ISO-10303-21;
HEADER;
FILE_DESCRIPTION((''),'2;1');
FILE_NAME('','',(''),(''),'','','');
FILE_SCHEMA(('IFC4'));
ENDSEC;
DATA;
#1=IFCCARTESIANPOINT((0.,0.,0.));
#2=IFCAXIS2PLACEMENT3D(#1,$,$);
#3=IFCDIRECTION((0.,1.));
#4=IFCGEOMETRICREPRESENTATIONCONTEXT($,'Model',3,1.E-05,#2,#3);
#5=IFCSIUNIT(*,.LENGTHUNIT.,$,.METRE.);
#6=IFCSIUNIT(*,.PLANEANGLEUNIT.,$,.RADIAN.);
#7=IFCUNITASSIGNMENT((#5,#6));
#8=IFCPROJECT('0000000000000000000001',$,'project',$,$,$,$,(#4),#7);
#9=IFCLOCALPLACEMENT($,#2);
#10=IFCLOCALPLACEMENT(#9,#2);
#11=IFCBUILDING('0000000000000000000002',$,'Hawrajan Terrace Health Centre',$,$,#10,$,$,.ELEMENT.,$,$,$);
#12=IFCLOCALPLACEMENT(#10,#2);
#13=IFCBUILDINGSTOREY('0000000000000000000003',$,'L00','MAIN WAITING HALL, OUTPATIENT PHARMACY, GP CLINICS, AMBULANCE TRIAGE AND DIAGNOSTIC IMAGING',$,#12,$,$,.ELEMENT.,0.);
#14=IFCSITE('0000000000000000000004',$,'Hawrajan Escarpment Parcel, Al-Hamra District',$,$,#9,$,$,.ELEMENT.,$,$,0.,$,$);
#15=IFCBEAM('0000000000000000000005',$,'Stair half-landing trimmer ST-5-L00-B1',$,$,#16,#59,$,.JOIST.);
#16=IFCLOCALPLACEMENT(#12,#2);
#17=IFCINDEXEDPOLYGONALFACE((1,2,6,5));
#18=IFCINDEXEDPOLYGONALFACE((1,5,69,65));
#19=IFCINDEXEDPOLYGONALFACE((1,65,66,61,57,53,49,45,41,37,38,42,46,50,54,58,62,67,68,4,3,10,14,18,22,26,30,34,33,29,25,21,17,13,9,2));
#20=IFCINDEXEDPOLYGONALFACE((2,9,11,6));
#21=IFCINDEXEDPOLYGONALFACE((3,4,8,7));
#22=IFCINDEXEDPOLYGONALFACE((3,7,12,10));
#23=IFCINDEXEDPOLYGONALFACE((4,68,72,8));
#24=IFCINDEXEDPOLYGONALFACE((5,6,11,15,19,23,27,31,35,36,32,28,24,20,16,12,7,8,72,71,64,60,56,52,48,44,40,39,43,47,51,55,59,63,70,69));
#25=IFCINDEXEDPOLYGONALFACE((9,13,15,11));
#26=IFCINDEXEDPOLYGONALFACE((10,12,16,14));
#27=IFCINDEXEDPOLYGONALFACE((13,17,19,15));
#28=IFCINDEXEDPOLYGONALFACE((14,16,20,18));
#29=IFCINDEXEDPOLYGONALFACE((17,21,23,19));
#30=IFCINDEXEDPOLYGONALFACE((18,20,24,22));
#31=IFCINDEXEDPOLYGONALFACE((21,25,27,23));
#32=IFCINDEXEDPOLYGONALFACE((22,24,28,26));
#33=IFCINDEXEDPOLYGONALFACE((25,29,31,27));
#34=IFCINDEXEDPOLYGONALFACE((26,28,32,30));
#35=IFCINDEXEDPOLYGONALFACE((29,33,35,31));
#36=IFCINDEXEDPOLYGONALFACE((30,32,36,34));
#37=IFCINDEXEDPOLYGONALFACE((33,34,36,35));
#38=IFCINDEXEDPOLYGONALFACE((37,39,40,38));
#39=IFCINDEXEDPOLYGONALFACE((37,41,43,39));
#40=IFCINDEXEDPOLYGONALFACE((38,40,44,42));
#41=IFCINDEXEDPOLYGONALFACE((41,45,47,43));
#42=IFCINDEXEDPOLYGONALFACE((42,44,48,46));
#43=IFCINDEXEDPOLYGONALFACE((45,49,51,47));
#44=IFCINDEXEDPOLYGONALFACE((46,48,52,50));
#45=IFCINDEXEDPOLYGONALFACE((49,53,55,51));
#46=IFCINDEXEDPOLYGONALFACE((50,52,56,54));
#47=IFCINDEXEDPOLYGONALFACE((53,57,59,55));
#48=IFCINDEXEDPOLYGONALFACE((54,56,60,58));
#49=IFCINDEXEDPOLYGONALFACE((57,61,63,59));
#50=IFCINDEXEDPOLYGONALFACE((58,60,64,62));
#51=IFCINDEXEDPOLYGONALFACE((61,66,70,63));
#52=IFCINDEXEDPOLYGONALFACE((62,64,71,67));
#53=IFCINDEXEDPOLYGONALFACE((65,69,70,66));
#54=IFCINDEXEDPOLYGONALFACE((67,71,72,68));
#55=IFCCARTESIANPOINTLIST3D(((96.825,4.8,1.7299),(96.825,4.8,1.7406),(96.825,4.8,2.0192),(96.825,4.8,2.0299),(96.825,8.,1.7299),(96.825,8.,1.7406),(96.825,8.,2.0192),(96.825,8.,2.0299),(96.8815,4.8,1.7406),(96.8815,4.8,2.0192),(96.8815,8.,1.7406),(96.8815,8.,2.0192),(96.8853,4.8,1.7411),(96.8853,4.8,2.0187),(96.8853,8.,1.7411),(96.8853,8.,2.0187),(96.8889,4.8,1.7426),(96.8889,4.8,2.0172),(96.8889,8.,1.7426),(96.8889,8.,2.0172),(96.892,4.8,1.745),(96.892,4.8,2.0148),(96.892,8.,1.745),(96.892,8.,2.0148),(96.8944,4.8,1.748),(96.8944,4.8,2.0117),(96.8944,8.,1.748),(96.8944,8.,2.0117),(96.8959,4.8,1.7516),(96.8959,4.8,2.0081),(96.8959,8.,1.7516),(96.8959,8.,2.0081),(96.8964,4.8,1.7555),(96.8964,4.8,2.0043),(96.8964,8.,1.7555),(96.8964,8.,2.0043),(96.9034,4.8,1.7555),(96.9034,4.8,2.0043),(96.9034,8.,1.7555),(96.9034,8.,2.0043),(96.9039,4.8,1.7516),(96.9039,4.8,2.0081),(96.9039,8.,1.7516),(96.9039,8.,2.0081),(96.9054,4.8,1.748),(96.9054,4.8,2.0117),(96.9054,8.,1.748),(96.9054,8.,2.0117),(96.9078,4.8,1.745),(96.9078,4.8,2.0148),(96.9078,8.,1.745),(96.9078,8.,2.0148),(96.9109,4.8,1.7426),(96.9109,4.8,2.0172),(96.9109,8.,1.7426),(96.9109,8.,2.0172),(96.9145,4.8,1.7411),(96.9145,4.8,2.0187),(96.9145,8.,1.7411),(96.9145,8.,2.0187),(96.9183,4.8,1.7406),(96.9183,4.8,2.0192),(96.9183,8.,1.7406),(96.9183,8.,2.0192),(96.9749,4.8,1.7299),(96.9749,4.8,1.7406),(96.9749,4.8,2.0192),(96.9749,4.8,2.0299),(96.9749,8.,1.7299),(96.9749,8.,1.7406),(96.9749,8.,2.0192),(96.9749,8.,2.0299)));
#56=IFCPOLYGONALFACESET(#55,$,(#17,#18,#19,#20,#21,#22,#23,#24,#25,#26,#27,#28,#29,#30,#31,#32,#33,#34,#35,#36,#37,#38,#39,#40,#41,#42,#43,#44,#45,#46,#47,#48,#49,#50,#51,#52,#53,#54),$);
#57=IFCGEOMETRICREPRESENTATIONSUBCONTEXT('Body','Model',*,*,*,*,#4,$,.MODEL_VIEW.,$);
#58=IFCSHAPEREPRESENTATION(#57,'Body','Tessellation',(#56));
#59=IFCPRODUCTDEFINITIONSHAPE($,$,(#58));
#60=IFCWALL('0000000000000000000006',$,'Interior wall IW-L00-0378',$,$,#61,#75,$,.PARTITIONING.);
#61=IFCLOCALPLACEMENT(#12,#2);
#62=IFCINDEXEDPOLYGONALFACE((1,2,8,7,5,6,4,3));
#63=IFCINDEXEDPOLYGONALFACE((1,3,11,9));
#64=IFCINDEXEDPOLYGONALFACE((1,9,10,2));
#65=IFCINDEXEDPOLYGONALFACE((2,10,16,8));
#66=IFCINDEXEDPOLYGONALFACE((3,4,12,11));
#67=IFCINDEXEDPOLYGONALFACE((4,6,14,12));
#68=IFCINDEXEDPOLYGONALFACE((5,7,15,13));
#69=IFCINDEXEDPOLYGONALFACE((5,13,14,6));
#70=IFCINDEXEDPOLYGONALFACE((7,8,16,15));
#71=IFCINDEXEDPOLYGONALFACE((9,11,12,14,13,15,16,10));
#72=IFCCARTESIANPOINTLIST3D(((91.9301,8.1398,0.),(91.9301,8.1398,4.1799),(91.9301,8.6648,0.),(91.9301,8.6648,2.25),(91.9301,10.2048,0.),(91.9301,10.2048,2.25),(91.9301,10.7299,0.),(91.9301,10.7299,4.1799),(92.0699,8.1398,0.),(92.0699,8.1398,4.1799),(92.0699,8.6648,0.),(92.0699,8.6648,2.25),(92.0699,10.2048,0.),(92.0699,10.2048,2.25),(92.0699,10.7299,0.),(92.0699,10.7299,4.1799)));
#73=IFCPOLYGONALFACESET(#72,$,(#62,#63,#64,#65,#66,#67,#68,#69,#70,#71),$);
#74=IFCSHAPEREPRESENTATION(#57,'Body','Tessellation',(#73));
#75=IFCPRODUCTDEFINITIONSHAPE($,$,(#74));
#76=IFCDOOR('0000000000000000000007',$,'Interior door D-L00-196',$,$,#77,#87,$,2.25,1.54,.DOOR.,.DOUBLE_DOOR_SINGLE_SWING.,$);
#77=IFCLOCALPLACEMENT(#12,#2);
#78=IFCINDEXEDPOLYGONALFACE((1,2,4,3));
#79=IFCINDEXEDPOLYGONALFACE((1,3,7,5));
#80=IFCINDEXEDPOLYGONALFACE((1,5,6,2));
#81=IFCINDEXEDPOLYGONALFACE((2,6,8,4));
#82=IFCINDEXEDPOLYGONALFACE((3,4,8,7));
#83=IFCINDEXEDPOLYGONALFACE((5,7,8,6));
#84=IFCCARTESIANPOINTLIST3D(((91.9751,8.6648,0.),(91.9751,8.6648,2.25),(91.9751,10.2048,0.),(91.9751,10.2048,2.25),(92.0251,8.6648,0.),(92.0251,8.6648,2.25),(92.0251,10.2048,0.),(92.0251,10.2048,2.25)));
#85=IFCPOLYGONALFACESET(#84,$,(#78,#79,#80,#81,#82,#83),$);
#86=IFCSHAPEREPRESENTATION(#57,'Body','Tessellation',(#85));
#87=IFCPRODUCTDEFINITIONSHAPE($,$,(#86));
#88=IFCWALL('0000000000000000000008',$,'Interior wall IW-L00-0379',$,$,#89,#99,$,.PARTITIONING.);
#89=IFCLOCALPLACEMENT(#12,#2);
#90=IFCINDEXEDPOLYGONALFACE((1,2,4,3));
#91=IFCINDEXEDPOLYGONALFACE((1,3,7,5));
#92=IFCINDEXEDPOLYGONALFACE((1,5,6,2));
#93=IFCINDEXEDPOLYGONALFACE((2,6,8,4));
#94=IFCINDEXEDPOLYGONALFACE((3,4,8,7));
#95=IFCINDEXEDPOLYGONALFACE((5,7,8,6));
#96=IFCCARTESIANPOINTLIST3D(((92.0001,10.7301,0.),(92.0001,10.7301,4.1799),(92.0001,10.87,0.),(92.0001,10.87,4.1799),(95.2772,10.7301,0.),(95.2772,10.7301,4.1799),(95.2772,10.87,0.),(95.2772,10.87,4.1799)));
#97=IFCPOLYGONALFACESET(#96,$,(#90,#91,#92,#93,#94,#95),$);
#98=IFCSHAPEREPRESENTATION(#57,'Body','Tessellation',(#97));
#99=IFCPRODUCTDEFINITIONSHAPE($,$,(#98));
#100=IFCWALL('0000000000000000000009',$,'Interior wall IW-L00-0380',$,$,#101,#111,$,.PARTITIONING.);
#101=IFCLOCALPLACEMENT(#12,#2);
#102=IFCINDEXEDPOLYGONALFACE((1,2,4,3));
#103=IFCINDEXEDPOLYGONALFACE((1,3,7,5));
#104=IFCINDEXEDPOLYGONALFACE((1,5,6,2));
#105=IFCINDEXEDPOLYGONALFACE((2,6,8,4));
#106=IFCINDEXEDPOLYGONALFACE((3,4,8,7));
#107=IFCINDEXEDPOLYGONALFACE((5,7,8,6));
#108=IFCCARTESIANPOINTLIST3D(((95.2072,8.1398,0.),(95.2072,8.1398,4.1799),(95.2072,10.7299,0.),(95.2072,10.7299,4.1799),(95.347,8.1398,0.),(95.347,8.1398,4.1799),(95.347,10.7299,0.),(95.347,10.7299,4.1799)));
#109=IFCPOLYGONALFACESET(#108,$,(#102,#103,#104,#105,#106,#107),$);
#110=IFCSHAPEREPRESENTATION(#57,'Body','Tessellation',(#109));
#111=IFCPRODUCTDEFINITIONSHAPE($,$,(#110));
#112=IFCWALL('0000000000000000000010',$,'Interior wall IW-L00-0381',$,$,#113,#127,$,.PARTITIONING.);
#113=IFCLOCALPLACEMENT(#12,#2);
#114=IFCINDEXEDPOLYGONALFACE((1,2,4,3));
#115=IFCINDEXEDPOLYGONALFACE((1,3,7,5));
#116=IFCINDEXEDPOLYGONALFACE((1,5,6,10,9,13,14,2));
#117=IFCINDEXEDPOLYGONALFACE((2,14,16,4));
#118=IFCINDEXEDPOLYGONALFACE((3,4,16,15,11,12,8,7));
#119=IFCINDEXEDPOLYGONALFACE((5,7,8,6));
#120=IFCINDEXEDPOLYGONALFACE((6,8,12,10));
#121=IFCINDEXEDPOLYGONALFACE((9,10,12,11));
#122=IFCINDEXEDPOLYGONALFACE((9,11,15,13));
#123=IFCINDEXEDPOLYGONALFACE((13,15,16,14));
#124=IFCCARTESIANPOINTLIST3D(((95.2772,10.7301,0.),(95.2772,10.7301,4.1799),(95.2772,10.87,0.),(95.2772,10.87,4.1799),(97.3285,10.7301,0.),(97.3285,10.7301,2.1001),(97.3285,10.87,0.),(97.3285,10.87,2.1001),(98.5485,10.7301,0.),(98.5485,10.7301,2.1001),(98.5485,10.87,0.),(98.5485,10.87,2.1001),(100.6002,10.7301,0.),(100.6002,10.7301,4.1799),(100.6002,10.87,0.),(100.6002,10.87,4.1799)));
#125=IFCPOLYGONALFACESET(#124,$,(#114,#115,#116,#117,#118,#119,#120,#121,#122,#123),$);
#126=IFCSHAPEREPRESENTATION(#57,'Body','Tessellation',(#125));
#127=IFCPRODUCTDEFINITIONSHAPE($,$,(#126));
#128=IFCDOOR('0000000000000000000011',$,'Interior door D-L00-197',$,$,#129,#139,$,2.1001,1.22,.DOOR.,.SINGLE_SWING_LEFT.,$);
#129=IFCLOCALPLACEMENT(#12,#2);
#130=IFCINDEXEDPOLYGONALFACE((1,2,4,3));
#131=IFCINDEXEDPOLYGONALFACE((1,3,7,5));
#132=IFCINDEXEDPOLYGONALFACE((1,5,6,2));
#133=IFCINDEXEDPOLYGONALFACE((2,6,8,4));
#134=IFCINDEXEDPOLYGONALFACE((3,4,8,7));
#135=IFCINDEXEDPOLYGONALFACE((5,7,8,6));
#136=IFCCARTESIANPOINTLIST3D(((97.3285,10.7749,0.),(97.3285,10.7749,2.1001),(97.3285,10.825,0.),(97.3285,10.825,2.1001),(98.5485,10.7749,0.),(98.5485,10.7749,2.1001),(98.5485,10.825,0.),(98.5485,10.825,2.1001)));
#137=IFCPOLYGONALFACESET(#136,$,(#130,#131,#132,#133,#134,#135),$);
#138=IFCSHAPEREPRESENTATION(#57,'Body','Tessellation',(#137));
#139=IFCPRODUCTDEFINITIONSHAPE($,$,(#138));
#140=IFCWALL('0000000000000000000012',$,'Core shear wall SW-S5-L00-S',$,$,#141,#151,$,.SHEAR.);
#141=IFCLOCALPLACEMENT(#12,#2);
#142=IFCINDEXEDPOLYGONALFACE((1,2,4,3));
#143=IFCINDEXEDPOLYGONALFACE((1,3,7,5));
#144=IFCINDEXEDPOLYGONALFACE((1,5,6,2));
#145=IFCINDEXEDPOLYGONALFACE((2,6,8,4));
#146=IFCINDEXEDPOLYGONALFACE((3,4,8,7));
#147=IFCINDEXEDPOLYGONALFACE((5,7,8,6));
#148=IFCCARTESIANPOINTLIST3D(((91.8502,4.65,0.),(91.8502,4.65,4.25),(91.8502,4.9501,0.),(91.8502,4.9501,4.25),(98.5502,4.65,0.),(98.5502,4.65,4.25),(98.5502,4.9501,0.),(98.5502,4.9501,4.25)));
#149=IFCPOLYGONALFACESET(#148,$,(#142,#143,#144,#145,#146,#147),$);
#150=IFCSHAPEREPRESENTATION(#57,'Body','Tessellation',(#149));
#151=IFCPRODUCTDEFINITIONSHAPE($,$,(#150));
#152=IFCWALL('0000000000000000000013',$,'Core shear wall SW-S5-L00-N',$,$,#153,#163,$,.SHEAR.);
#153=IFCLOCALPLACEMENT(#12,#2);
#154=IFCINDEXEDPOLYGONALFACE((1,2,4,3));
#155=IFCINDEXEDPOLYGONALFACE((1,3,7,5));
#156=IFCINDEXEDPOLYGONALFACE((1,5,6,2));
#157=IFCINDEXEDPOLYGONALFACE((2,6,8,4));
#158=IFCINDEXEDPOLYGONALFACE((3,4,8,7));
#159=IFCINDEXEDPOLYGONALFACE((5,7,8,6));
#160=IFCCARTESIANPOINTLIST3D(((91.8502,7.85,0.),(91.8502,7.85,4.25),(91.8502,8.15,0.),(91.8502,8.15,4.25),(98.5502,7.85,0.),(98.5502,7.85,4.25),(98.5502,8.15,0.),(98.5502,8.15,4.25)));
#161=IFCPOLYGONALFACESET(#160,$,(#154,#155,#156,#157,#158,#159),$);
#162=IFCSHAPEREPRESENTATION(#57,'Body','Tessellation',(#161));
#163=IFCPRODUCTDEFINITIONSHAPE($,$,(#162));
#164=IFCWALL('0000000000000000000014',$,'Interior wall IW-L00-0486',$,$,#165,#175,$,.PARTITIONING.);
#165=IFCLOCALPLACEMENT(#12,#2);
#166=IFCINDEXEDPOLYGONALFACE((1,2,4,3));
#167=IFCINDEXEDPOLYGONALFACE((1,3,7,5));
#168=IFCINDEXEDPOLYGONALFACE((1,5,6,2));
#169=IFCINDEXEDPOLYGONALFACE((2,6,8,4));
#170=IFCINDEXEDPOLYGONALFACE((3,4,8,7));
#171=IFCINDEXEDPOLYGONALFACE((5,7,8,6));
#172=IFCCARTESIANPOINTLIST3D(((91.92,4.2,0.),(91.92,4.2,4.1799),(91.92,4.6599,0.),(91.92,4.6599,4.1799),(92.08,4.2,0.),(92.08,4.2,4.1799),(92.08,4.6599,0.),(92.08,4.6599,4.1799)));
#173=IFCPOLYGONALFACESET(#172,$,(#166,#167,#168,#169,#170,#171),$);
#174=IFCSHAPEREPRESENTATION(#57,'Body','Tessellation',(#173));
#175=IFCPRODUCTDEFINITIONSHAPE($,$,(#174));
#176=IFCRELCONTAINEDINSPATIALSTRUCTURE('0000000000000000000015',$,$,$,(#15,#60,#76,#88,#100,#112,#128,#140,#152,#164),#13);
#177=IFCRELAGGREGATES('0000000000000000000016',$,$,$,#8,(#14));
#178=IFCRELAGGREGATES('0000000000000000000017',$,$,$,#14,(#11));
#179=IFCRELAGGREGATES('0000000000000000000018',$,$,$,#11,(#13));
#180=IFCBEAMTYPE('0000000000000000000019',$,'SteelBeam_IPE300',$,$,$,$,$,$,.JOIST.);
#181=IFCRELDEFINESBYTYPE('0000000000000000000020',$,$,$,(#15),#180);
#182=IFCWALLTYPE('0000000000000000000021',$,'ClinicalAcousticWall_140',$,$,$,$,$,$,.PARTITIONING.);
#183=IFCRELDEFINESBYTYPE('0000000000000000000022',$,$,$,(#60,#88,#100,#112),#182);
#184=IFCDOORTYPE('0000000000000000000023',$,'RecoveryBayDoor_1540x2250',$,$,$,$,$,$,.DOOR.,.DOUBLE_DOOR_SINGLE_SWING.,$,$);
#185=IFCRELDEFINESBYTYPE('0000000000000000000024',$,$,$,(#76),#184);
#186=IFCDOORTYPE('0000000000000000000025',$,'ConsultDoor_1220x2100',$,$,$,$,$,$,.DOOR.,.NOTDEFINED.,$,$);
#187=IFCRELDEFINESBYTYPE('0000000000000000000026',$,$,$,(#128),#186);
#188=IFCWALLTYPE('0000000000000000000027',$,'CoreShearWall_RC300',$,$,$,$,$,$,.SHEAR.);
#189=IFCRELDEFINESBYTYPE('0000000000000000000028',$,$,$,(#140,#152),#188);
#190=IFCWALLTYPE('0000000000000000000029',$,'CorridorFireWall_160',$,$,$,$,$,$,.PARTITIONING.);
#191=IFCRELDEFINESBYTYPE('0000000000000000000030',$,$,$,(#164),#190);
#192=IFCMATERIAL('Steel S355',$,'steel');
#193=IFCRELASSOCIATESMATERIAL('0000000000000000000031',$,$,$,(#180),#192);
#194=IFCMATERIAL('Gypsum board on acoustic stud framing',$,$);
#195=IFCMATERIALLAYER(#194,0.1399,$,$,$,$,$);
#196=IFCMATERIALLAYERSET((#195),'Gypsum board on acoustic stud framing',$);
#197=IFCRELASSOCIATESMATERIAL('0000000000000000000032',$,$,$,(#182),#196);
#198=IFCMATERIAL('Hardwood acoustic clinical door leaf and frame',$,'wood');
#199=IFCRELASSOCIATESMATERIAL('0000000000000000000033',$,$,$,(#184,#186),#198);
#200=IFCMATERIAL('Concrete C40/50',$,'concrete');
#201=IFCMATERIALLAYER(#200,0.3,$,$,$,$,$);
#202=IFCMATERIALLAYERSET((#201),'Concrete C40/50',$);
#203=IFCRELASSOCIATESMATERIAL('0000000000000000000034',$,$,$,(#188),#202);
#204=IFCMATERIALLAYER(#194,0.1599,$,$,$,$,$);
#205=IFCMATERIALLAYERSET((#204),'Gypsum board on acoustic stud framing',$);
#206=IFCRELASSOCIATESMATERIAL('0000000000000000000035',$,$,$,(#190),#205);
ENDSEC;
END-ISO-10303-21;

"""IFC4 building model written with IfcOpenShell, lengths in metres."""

from ifc_helpers import new_model, si_unit, direction, frame, frame_2d, origin, origin_2d, place, context, subcontext, project, spatial, rectangle, i_section, extrude, material, layer, layer_set, material_profile, profile_set, type_object, element, fill, save


model = new_model("IFC4")

# Units and contexts
model_context = context("Model", 3, precision=1e-05, world=origin(), true_north=direction((0.0, 1.0)))
body_context = subcontext(model_context, "Body", "Model", "MODEL_VIEW")
ifc_project = project(units=[si_unit("LENGTHUNIT", "METRE"), si_unit("PLANEANGLEUNIT", "RADIAN")], contexts=[model_context])

# Site, building, storey
site_placement = place(None, origin())
site = spatial("IfcSite", under=ifc_project, at=site_placement, Name="Hawrajan Escarpment Parcel, Al-Hamra District", CompositionType="ELEMENT", RefElevation=0.0)
building_placement = place(site_placement, origin())
building = spatial("IfcBuilding", under=site, at=building_placement, Name="Hawrajan Terrace Health Centre", CompositionType="ELEMENT")
storey_placement = place(building_placement, origin())
storey = spatial("IfcBuildingStorey", under=building, at=storey_placement, Name="L00", Description="MAIN WAITING HALL, OUTPATIENT PHARMACY, GP CLINICS, AMBULANCE TRIAGE AND DIAGNOSTIC IMAGING", CompositionType="ELEMENT", Elevation=0.0)

# Shared definitions
ifc_material_1 = material(Name="Concrete C40/50", Category="concrete")

# Beam
ifc_material_2 = material(Name="Steel S355", Category="steel")
ifc_material_profile_1 = material_profile(ifc_material_2, i_section(OverallWidth=0.1499, OverallDepth=0.3, WebThickness=0.0071, FlangeThickness=0.0107, FilletRadius=0.0149, at=origin_2d()), Name="IPE 300")
ifc_profile_set_1 = profile_set([ifc_material_profile_1], Name="Steel S355")
beam_type = type_object("IfcBeamType", Name="SteelBeam_IPE300", PredefinedType="JOIST", material=ifc_profile_set_1)
beam_placement = place(storey_placement, frame((96.8999, 4.8, 1.8799), z_axis=(0.0, 1.0, 0.0), x_axis=(-1.0, 0.0, 0.0)))
element("IfcBeam", 1, at=beam_placement, inside=storey, type_object=beam_type, Name="Stair half-landing trimmer ST-5-L00-B1", PredefinedType="JOIST", context=body_context, shape_type="SweptSolid", body=[
    extrude(i_section(OverallWidth=0.1499, OverallDepth=0.3, WebThickness=0.0071, FlangeThickness=0.0107, FilletRadius=0.0149, at=origin_2d()), origin(), (0.0, 0.0, 1.0), 3.2),
])

# Wall, opening, door
ifc_material_3 = material(Name="Gypsum board on acoustic stud framing")
ifc_layer_1 = layer(ifc_material_3, 0.1399)
ifc_layer_set_1 = layer_set([ifc_layer_1], Name="Gypsum board on acoustic stud framing")
wall_type_1 = type_object("IfcWallType", Name="ClinicalAcousticWall_140", PredefinedType="PARTITIONING", material=ifc_layer_set_1)
wall_1_placement = place(storey_placement, frame((92.0, 8.1399, 0.0), z_axis=(0.0, 0.0, 1.0), x_axis=(0.0, 1.0, 0.0)))
wall_1 = element("IfcWall", 2, at=wall_1_placement, inside=storey, type_object=wall_type_1, Name="Interior wall IW-L00-0378", PredefinedType="PARTITIONING", context=body_context, shape_type="SweptSolid", body=[
    extrude(rectangle(XDim=2.5901, YDim=0.1399, at=frame_2d((1.2949, 0.0))), origin(), (0.0, 0.0, 1.0), 4.1799),
])
opening_1_placement = place(wall_1_placement, frame((0.5249, 0.0, 0.0)))
opening_1 = element("IfcOpeningElement", 3, at=opening_1_placement, cuts=wall_1, PredefinedType="OPENING", context=body_context, shape_type="SweptSolid", body=[
    extrude(rectangle(XDim=1.54, YDim=2.25, at=frame_2d((0.77, 1.125))), frame((0.0, 0.0798, 0.0), z_axis=(0.0, -1.0, 0.0), x_axis=(1.0, 0.0, 0.0)), (0.0, 0.0, 1.0), 0.1599),
])
ifc_material_4 = material(Name="Hardwood acoustic clinical door leaf and frame", Category="wood")
door_type_1 = type_object("IfcDoorType", Name="RecoveryBayDoor_1540x2250", OperationType="DOUBLE_DOOR_SINGLE_SWING", PredefinedType="DOOR", material=ifc_material_4)
door_1_placement = place(opening_1_placement, origin())
door_1 = element("IfcDoor", 4, at=door_1_placement, inside=storey, type_object=door_type_1, Name="Interior door D-L00-196", OperationType="DOUBLE_DOOR_SINGLE_SWING", OverallHeight=2.25, OverallWidth=1.54, PredefinedType="DOOR", context=body_context, shape_type="SweptSolid", body=[
    extrude(rectangle(XDim=1.54, YDim=2.25, at=frame_2d((0.77, 1.125))), frame((0.0, 0.0249, 0.0), z_axis=(0.0, -1.0, 0.0), x_axis=(1.0, 0.0, 0.0)), (0.0, 0.0, 1.0), 0.05),
])
fill(opening_1, door_1)

# Walls
wall_2_placement = place(storey_placement, frame((92.0, 10.8, 0.0), z_axis=(0.0, 0.0, 1.0), x_axis=(1.0, 0.0, 0.0)))
element("IfcWall", 5, at=wall_2_placement, inside=storey, type_object=wall_type_1, Name="Interior wall IW-L00-0379", PredefinedType="PARTITIONING", context=body_context, shape_type="SweptSolid", body=[
    extrude(rectangle(XDim=3.2771, YDim=0.1399, at=frame_2d((1.6387, 0.0))), origin(), (0.0, 0.0, 1.0), 4.1799),
])
wall_3_placement = place(storey_placement, frame((95.2771, 8.1399, 0.0), z_axis=(0.0, 0.0, 1.0), x_axis=(0.0, 1.0, 0.0)))
element("IfcWall", 6, at=wall_3_placement, inside=storey, type_object=wall_type_1, Name="Interior wall IW-L00-0380", PredefinedType="PARTITIONING", context=body_context, shape_type="SweptSolid", body=[
    extrude(rectangle(XDim=2.5901, YDim=0.1399, at=frame_2d((1.2949, 0.0))), origin(), (0.0, 0.0, 1.0), 4.1799),
])

# Wall, opening, door
wall_4_placement = place(storey_placement, frame((95.2771, 10.8, 0.0), z_axis=(0.0, 0.0, 1.0), x_axis=(1.0, 0.0, 0.0)))
wall_4 = element("IfcWall", 7, at=wall_4_placement, inside=storey, type_object=wall_type_1, Name="Interior wall IW-L00-0381", PredefinedType="PARTITIONING", context=body_context, shape_type="SweptSolid", body=[
    extrude(rectangle(XDim=5.323, YDim=0.1399, at=frame_2d((2.6616, 0.0))), origin(), (0.0, 0.0, 1.0), 4.1799),
])
opening_2_placement = place(wall_4_placement, frame((2.0515, 0.0, 0.0)))
opening_2 = element("IfcOpeningElement", 8, at=opening_2_placement, cuts=wall_4, PredefinedType="OPENING", context=body_context, shape_type="SweptSolid", body=[
    extrude(rectangle(XDim=1.22, YDim=2.1001, at=frame_2d((0.6099, 1.05))), frame((0.0, 0.0798, 0.0), z_axis=(0.0, -1.0, 0.0), x_axis=(1.0, 0.0, 0.0)), (0.0, 0.0, 1.0), 0.1599),
])
door_type_2 = type_object("IfcDoorType", Name="ConsultDoor_1220x2100", OperationType="NOTDEFINED", PredefinedType="DOOR", material=ifc_material_4)
door_2_placement = place(opening_2_placement, origin())
door_2 = element("IfcDoor", 9, at=door_2_placement, inside=storey, type_object=door_type_2, Name="Interior door D-L00-197", OperationType="SINGLE_SWING_LEFT", OverallHeight=2.1001, OverallWidth=1.22, PredefinedType="DOOR", context=body_context, shape_type="SweptSolid", body=[
    extrude(rectangle(XDim=1.22, YDim=2.1001, at=frame_2d((0.6099, 1.05))), frame((0.0, 0.0249, 0.0), z_axis=(0.0, -1.0, 0.0), x_axis=(1.0, 0.0, 0.0)), (0.0, 0.0, 1.0), 0.05),
])
fill(opening_2, door_2)

# Walls
ifc_layer_2 = layer(ifc_material_1, 0.3)
ifc_layer_set_2 = layer_set([ifc_layer_2], Name="Concrete C40/50")
wall_type_2 = type_object("IfcWallType", Name="CoreShearWall_RC300", PredefinedType="SHEAR", material=ifc_layer_set_2)
for number, where, z_axis, x_axis, name in (
    (10, (91.8501, 4.8, 0.0), (0.0, 0.0, 1.0), (1.0, 0.0, 0.0), "Core shear wall SW-S5-L00-S"),
    (11, (91.8501, 8.0, 0.0), (0.0, 0.0, 1.0), (1.0, 0.0, 0.0), "Core shear wall SW-S5-L00-N"),
):
    element("IfcWall", number, at=place(storey_placement, frame(where, z_axis=z_axis, x_axis=x_axis)), inside=storey, type_object=wall_type_2, Name=name, PredefinedType="SHEAR", context=body_context, shape_type="SweptSolid", body=[
        extrude(rectangle(XDim=6.7, YDim=0.3, at=frame_2d((3.3501, 0.0))), origin(), (0.0, 0.0, 1.0), 4.25),
    ])

# Wall
ifc_layer_3 = layer(ifc_material_3, 0.1599)
ifc_layer_set_3 = layer_set([ifc_layer_3], Name="Gypsum board on acoustic stud framing")
wall_type_3 = type_object("IfcWallType", Name="CorridorFireWall_160", PredefinedType="PARTITIONING", material=ifc_layer_set_3)
wall_5_placement = place(storey_placement, frame((92.0, 4.2, 0.0), z_axis=(0.0, 0.0, 1.0), x_axis=(0.0, 1.0, 0.0)))
element("IfcWall", 12, at=wall_5_placement, inside=storey, type_object=wall_type_3, Name="Interior wall IW-L00-0486", PredefinedType="PARTITIONING", context=body_context, shape_type="SweptSolid", body=[
    extrude(rectangle(XDim=0.46, YDim=0.1599, at=frame_2d((0.23, 0.0))), origin(), (0.0, 0.0, 1.0), 4.1799),
])

save(model, "model.ifc")
